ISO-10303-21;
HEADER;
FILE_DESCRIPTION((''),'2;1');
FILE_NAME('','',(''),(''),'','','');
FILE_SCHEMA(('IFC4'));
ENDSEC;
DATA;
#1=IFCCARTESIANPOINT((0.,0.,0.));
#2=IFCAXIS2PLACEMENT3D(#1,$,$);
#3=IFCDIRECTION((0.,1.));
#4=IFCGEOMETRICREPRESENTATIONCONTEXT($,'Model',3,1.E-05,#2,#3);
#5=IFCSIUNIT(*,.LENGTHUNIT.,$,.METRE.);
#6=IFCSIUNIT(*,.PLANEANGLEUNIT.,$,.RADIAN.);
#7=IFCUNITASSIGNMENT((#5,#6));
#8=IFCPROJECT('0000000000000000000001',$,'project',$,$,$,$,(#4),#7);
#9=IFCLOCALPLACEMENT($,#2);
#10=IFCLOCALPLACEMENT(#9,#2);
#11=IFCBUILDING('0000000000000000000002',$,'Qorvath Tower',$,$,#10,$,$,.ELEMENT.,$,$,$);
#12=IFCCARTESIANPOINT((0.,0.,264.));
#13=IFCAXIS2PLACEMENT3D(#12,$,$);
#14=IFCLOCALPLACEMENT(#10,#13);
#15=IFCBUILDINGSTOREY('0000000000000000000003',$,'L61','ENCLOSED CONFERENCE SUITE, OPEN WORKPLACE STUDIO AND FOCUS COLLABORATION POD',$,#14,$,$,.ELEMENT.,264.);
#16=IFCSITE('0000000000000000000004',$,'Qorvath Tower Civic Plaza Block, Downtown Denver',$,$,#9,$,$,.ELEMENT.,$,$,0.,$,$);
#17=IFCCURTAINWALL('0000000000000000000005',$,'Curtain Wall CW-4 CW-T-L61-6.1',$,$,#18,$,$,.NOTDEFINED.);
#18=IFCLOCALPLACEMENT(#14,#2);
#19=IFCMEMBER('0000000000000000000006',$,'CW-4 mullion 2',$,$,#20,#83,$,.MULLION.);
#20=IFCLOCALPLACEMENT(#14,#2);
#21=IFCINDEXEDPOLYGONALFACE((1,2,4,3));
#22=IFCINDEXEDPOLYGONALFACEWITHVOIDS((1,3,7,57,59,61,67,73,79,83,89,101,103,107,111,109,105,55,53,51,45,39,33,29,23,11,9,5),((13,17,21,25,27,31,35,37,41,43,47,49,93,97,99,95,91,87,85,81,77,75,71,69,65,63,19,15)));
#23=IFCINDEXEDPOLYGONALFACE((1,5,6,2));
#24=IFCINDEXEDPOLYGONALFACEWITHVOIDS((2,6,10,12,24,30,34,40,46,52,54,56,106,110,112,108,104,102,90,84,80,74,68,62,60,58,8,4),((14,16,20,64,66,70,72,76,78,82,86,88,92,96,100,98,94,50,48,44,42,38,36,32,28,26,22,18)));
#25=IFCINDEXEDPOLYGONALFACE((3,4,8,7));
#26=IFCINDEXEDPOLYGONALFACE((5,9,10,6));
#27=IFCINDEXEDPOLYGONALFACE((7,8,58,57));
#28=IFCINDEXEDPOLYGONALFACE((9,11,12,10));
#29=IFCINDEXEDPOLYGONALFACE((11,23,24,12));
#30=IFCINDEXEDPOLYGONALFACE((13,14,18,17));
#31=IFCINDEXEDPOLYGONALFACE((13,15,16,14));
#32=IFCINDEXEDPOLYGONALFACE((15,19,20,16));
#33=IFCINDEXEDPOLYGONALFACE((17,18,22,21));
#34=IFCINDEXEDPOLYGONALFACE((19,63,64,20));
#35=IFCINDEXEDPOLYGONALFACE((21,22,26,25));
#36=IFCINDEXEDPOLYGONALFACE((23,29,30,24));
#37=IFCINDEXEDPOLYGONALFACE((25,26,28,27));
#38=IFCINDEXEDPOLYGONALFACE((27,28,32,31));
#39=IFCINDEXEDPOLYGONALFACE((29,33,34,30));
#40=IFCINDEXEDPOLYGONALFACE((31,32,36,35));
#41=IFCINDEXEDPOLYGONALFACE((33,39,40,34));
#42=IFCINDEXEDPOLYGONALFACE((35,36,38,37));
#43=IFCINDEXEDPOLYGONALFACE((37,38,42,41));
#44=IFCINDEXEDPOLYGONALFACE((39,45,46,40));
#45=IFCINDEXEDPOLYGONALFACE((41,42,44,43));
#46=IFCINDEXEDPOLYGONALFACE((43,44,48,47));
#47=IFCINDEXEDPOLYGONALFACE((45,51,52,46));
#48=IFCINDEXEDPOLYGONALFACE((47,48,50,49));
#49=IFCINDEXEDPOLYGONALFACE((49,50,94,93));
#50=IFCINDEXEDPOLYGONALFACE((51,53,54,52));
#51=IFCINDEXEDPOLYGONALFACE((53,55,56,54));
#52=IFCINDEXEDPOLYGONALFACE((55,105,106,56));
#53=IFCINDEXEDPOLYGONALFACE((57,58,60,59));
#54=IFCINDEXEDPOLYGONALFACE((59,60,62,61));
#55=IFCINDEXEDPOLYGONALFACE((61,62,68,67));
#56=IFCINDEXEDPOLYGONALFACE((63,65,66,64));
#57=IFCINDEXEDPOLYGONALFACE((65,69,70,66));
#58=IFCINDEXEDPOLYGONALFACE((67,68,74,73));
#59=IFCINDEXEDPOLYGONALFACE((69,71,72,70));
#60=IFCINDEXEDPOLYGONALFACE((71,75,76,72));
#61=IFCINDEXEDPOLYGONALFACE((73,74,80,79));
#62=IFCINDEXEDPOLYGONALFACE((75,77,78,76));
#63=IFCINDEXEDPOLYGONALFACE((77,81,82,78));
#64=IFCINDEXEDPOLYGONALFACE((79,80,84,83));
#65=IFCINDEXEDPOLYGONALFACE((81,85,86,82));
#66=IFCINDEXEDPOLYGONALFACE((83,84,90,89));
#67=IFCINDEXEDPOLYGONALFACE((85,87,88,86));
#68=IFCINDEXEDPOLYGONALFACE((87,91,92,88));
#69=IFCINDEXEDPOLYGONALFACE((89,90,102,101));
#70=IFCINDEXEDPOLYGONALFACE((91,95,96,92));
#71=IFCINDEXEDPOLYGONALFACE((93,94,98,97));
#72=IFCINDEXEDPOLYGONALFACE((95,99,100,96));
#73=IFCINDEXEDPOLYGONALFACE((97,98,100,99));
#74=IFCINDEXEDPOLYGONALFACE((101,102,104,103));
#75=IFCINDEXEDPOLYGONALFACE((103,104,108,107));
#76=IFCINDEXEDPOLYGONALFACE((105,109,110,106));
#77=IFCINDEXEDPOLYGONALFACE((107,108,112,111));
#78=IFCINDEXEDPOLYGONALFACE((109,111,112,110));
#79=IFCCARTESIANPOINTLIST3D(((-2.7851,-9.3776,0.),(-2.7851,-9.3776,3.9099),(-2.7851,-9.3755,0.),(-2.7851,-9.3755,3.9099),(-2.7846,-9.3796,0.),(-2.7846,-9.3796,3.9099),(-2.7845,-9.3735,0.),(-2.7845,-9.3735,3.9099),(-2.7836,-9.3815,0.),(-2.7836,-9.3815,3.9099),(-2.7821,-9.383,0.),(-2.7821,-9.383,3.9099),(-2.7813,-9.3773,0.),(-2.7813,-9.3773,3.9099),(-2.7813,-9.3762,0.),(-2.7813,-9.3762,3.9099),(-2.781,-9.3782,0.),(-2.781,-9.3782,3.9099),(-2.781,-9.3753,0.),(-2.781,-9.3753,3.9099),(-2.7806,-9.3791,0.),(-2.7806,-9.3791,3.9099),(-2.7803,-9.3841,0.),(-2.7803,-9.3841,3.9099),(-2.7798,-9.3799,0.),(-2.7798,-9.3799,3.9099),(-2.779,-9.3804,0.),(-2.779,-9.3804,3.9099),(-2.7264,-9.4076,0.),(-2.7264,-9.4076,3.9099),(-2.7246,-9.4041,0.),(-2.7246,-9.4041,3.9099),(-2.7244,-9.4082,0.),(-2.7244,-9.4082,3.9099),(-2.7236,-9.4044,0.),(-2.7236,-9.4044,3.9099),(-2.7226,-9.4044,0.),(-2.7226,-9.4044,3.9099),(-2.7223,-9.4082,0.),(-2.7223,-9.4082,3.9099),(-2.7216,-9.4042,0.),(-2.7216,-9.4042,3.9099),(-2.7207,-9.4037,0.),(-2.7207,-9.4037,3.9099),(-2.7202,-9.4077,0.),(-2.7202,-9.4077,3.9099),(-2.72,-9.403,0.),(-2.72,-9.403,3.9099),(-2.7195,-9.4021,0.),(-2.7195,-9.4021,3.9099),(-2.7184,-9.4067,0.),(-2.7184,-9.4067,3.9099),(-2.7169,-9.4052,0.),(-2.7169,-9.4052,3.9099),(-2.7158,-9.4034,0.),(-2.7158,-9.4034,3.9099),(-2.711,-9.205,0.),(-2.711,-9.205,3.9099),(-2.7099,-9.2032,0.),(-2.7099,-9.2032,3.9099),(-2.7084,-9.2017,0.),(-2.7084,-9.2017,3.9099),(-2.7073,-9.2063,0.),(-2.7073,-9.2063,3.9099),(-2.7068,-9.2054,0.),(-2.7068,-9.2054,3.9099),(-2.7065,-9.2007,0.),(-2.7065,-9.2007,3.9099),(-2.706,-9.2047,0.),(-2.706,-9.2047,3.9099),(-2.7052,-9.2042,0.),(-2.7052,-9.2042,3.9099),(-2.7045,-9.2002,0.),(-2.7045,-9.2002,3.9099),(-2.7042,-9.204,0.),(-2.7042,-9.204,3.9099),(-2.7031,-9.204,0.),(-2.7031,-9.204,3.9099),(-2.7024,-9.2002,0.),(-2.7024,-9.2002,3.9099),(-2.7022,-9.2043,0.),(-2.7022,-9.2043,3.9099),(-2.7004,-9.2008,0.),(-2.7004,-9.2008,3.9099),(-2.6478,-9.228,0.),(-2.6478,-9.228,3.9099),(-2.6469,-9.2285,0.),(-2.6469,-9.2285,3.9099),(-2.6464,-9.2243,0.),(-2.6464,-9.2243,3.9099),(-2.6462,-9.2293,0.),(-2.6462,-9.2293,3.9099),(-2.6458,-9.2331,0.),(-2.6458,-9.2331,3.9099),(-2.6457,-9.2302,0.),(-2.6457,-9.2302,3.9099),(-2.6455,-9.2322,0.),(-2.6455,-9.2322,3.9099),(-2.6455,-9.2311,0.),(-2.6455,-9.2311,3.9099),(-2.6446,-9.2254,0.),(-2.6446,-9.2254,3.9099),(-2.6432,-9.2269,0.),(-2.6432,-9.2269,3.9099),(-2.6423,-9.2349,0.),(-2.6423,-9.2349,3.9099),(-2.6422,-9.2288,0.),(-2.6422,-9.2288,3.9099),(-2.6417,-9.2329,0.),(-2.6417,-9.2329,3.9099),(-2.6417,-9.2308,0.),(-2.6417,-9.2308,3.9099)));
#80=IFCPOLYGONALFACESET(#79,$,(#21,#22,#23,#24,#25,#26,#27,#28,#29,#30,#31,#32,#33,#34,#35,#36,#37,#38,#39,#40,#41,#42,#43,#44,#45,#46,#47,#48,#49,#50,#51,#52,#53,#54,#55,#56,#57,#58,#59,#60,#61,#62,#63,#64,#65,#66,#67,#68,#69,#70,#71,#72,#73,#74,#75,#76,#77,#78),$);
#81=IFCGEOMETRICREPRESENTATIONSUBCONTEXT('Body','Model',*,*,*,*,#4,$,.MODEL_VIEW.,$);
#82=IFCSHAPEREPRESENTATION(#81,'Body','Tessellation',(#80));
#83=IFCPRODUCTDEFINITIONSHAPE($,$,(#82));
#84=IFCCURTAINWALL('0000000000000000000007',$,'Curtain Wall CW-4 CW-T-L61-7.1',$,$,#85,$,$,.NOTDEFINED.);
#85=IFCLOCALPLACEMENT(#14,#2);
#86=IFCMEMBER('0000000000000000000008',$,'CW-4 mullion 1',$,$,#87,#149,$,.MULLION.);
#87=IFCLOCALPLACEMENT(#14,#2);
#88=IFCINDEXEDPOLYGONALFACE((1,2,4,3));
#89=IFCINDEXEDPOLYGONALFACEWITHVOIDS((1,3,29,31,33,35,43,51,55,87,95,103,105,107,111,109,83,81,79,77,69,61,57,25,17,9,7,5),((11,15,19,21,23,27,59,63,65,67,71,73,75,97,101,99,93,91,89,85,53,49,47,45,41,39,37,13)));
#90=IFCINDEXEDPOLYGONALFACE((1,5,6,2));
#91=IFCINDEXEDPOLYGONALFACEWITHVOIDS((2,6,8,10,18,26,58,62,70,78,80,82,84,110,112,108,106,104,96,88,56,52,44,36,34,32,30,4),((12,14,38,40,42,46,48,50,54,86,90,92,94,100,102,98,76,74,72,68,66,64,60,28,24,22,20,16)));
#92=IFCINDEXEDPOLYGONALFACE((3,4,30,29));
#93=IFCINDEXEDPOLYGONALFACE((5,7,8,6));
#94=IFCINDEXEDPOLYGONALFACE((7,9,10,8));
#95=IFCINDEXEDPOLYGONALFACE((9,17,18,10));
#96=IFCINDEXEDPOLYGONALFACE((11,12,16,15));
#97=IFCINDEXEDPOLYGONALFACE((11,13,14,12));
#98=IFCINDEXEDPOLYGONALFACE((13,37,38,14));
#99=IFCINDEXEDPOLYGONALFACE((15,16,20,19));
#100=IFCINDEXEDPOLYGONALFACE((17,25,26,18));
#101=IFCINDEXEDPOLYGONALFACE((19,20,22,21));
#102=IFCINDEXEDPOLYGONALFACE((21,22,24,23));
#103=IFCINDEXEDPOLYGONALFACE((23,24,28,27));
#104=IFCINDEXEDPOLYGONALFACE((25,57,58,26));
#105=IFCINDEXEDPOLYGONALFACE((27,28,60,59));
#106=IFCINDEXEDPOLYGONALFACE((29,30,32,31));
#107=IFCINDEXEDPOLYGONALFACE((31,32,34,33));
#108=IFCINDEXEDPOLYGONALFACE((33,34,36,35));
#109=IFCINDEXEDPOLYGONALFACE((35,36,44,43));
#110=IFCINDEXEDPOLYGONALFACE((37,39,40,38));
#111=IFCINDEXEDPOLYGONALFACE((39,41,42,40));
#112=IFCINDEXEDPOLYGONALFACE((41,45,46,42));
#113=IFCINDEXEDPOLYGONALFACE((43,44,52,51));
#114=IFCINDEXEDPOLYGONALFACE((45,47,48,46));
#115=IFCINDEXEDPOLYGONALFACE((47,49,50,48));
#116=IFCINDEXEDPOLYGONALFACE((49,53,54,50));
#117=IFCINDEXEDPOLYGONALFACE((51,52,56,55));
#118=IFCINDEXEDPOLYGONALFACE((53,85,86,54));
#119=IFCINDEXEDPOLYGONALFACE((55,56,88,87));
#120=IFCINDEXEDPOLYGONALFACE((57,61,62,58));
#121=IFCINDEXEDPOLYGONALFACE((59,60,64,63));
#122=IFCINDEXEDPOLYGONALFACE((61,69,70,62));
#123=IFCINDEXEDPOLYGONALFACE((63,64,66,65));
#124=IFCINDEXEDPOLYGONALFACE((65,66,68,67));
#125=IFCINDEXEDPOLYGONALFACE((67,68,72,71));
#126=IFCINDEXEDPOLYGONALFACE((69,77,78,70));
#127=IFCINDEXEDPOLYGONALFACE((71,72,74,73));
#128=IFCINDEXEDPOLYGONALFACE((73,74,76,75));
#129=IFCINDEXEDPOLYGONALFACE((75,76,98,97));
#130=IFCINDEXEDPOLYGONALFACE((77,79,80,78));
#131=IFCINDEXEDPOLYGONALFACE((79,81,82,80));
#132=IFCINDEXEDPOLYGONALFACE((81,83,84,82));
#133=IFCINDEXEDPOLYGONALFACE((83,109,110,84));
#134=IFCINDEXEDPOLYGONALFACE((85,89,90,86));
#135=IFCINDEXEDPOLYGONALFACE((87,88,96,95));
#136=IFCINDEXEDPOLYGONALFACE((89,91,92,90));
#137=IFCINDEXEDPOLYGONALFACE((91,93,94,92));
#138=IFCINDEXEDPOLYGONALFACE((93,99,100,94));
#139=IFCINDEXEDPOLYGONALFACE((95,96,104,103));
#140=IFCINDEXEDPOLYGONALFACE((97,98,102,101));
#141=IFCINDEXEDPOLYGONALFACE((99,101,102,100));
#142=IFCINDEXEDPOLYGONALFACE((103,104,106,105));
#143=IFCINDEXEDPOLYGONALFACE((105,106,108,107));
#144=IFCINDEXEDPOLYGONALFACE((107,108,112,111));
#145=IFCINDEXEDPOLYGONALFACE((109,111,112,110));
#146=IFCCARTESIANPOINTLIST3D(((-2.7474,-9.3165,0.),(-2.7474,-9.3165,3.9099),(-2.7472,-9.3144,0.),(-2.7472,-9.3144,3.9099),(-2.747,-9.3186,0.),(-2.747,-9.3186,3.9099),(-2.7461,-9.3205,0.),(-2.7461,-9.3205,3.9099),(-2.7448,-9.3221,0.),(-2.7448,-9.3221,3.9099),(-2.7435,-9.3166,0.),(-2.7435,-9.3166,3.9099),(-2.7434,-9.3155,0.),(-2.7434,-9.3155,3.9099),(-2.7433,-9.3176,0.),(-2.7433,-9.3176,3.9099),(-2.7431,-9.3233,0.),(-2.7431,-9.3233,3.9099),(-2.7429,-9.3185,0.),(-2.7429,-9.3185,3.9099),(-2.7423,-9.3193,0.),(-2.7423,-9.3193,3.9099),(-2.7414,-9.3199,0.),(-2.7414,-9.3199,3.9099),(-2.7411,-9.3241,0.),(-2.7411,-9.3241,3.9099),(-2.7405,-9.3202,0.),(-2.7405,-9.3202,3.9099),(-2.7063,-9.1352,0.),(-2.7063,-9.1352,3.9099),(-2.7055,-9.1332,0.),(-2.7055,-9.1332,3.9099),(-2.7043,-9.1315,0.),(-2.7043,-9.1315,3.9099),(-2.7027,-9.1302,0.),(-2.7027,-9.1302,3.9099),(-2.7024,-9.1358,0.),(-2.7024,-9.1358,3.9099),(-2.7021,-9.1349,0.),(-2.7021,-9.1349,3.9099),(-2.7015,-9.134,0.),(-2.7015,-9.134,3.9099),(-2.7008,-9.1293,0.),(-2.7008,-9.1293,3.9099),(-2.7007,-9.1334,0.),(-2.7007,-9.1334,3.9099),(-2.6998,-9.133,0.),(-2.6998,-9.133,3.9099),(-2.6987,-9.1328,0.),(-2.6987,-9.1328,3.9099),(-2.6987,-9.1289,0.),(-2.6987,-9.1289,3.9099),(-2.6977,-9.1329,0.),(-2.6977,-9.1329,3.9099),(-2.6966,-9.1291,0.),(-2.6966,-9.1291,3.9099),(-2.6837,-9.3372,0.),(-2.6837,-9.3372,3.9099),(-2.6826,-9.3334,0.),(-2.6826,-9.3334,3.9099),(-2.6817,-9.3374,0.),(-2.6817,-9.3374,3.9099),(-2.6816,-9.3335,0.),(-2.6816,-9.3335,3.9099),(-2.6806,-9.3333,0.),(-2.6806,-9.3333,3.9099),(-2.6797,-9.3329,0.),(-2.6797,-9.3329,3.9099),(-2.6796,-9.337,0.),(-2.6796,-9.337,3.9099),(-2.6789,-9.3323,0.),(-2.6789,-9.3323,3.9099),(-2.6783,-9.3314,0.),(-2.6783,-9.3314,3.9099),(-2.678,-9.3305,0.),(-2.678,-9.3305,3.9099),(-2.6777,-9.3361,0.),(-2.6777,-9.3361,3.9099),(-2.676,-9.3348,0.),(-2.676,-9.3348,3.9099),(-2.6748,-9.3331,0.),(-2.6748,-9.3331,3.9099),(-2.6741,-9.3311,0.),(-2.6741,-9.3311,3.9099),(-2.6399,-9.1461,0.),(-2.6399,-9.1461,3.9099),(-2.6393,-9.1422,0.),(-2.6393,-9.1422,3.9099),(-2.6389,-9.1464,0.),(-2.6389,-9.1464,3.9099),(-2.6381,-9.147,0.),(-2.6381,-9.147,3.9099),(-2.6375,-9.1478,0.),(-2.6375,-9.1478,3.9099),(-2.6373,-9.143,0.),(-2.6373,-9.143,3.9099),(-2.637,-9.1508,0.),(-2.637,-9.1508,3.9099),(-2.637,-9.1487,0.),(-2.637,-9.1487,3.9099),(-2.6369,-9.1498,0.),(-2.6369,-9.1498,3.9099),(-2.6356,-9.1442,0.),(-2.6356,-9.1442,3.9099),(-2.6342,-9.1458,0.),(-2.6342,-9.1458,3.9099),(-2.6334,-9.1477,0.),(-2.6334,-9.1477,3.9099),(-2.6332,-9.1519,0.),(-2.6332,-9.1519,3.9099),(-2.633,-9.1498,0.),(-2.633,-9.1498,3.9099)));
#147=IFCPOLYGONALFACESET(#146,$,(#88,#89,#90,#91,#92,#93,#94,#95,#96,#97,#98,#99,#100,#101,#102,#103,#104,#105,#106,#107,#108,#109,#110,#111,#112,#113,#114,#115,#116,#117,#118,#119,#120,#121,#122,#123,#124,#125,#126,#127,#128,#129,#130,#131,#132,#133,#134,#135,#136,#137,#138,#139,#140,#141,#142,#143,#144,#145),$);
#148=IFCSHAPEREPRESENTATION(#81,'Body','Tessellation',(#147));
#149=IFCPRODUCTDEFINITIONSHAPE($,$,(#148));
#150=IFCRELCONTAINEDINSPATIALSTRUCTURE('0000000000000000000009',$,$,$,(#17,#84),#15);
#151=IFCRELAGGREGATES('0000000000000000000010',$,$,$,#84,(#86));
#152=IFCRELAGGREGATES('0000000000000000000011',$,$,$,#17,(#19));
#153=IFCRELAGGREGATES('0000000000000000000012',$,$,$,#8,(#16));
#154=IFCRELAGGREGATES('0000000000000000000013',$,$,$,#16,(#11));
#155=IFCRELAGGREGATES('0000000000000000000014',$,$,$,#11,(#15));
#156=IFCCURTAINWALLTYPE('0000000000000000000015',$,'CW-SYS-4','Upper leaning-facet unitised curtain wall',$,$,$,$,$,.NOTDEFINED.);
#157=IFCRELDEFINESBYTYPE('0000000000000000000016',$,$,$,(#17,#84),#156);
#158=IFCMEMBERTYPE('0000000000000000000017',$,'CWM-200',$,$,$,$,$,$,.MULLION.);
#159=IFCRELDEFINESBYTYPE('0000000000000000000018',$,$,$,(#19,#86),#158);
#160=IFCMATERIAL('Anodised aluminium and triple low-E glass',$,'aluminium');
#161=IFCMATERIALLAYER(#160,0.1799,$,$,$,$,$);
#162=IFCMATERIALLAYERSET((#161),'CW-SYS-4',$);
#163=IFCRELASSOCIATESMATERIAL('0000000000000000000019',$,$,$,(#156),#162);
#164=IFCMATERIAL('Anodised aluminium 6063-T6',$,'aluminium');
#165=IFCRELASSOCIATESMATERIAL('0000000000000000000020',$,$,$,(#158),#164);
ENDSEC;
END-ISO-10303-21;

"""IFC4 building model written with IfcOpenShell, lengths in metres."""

from ifc_helpers import new_model, si_unit, direction, frame, origin, origin_2d, place, context, subcontext, project, spatial, hollow_rectangle, extrude, material, layer, layer_set, material_profile, profile_set, type_object, element, aggregate, save


model = new_model("IFC4")

# Units and contexts
model_context = context("Model", 3, precision=1e-05, world=origin(), true_north=direction((0.0, 1.0)))
body_context = subcontext(model_context, "Body", "Model", "MODEL_VIEW")
ifc_project = project(units=[si_unit("LENGTHUNIT", "METRE"), si_unit("PLANEANGLEUNIT", "RADIAN")], contexts=[model_context])

# Site, building, storey
site_placement = place(None, origin())
site = spatial("IfcSite", under=ifc_project, at=site_placement, Name="Qorvath Tower Civic Plaza Block, Downtown Denver", CompositionType="ELEMENT", RefElevation=0.0)
building_placement = place(site_placement, origin())
building = spatial("IfcBuilding", under=site, at=building_placement, Name="Qorvath Tower", CompositionType="ELEMENT")
storey_placement = place(building_placement, frame((0.0, 0.0, 264.0)))
storey = spatial("IfcBuildingStorey", under=building, at=storey_placement, Name="L61", Description="ENCLOSED CONFERENCE SUITE, OPEN WORKPLACE STUDIO AND FOCUS COLLABORATION POD", CompositionType="ELEMENT", Elevation=264.0)

# Shared definitions
ifc_material_1 = material(Name="Anodised aluminium and triple low-E glass", Category="aluminium")
ifc_layer_1 = layer(ifc_material_1, 0.1799)
ifc_layer_set_1 = layer_set([ifc_layer_1], Name="CW-SYS-4")
curtain_wall_type = type_object("IfcCurtainWallType", Name="CW-SYS-4", Description="Upper leaning-facet unitised curtain wall", PredefinedType="NOTDEFINED", material=ifc_layer_set_1)
ifc_material_2 = material(Name="Anodised aluminium 6063-T6", Category="aluminium")
ifc_material_profile_1 = material_profile(ifc_material_2, hollow_rectangle(XDim=0.075, YDim=0.2, WallThickness=0.0039, InnerFilletRadius=0.0039, OuterFilletRadius=0.0081, at=origin_2d()), Name="CWM 200x75")
ifc_profile_set_1 = profile_set([ifc_material_profile_1], Name="Anodised aluminium 6063-T6")
member_type_1 = type_object("IfcMemberType", Name="CWM-200", PredefinedType="MULLION", material=ifc_profile_set_1)

# Curtain wall, member
curtain_wall_1_placement = place(storey_placement, origin())
curtain_wall_1 = element("IfcCurtainWall", 1, at=curtain_wall_1_placement, inside=storey, type_object=curtain_wall_type, Name="Curtain Wall CW-4 CW-T-L61-6.1", PredefinedType="NOTDEFINED")
member_1_placement = place(storey_placement, frame((-2.7134, -9.3042, 0.0), z_axis=(0.0, 0.0, 1.0), x_axis=(-0.916612, 0.399777, 0.0)))
member_1 = element("IfcMember", 2, at=member_1_placement, type_object=member_type_1, Name="CW-4 mullion 2", PredefinedType="MULLION", context=body_context, shape_type="SweptSolid", body=[
    extrude(hollow_rectangle(XDim=0.075, YDim=0.2, WallThickness=0.0039, InnerFilletRadius=0.0039, OuterFilletRadius=0.0081, at=origin_2d()), origin(), (0.0, 0.0, 1.0), 3.9099),
])

# Curtain wall, member
curtain_wall_2_placement = place(storey_placement, origin())
curtain_wall_2 = element("IfcCurtainWall", 3, at=curtain_wall_2_placement, inside=storey, type_object=curtain_wall_type, Name="Curtain Wall CW-4 CW-T-L61-7.1", PredefinedType="NOTDEFINED")
member_2_placement = place(storey_placement, frame((-2.6902, -9.2332, 0.0), z_axis=(0.0, 0.0, 1.0), x_axis=(-0.974942, 0.222459, 0.0)))
member_2 = element("IfcMember", 4, at=member_2_placement, type_object=member_type_1, Name="CW-4 mullion 1", PredefinedType="MULLION", context=body_context, shape_type="SweptSolid", body=[
    extrude(hollow_rectangle(XDim=0.075, YDim=0.2, WallThickness=0.0039, InnerFilletRadius=0.0039, OuterFilletRadius=0.0081, at=origin_2d()), origin(), (0.0, 0.0, 1.0), 3.9099),
])

aggregate(curtain_wall_2, [member_2])

aggregate(curtain_wall_1, [member_1])

save(model, "model.ifc")
